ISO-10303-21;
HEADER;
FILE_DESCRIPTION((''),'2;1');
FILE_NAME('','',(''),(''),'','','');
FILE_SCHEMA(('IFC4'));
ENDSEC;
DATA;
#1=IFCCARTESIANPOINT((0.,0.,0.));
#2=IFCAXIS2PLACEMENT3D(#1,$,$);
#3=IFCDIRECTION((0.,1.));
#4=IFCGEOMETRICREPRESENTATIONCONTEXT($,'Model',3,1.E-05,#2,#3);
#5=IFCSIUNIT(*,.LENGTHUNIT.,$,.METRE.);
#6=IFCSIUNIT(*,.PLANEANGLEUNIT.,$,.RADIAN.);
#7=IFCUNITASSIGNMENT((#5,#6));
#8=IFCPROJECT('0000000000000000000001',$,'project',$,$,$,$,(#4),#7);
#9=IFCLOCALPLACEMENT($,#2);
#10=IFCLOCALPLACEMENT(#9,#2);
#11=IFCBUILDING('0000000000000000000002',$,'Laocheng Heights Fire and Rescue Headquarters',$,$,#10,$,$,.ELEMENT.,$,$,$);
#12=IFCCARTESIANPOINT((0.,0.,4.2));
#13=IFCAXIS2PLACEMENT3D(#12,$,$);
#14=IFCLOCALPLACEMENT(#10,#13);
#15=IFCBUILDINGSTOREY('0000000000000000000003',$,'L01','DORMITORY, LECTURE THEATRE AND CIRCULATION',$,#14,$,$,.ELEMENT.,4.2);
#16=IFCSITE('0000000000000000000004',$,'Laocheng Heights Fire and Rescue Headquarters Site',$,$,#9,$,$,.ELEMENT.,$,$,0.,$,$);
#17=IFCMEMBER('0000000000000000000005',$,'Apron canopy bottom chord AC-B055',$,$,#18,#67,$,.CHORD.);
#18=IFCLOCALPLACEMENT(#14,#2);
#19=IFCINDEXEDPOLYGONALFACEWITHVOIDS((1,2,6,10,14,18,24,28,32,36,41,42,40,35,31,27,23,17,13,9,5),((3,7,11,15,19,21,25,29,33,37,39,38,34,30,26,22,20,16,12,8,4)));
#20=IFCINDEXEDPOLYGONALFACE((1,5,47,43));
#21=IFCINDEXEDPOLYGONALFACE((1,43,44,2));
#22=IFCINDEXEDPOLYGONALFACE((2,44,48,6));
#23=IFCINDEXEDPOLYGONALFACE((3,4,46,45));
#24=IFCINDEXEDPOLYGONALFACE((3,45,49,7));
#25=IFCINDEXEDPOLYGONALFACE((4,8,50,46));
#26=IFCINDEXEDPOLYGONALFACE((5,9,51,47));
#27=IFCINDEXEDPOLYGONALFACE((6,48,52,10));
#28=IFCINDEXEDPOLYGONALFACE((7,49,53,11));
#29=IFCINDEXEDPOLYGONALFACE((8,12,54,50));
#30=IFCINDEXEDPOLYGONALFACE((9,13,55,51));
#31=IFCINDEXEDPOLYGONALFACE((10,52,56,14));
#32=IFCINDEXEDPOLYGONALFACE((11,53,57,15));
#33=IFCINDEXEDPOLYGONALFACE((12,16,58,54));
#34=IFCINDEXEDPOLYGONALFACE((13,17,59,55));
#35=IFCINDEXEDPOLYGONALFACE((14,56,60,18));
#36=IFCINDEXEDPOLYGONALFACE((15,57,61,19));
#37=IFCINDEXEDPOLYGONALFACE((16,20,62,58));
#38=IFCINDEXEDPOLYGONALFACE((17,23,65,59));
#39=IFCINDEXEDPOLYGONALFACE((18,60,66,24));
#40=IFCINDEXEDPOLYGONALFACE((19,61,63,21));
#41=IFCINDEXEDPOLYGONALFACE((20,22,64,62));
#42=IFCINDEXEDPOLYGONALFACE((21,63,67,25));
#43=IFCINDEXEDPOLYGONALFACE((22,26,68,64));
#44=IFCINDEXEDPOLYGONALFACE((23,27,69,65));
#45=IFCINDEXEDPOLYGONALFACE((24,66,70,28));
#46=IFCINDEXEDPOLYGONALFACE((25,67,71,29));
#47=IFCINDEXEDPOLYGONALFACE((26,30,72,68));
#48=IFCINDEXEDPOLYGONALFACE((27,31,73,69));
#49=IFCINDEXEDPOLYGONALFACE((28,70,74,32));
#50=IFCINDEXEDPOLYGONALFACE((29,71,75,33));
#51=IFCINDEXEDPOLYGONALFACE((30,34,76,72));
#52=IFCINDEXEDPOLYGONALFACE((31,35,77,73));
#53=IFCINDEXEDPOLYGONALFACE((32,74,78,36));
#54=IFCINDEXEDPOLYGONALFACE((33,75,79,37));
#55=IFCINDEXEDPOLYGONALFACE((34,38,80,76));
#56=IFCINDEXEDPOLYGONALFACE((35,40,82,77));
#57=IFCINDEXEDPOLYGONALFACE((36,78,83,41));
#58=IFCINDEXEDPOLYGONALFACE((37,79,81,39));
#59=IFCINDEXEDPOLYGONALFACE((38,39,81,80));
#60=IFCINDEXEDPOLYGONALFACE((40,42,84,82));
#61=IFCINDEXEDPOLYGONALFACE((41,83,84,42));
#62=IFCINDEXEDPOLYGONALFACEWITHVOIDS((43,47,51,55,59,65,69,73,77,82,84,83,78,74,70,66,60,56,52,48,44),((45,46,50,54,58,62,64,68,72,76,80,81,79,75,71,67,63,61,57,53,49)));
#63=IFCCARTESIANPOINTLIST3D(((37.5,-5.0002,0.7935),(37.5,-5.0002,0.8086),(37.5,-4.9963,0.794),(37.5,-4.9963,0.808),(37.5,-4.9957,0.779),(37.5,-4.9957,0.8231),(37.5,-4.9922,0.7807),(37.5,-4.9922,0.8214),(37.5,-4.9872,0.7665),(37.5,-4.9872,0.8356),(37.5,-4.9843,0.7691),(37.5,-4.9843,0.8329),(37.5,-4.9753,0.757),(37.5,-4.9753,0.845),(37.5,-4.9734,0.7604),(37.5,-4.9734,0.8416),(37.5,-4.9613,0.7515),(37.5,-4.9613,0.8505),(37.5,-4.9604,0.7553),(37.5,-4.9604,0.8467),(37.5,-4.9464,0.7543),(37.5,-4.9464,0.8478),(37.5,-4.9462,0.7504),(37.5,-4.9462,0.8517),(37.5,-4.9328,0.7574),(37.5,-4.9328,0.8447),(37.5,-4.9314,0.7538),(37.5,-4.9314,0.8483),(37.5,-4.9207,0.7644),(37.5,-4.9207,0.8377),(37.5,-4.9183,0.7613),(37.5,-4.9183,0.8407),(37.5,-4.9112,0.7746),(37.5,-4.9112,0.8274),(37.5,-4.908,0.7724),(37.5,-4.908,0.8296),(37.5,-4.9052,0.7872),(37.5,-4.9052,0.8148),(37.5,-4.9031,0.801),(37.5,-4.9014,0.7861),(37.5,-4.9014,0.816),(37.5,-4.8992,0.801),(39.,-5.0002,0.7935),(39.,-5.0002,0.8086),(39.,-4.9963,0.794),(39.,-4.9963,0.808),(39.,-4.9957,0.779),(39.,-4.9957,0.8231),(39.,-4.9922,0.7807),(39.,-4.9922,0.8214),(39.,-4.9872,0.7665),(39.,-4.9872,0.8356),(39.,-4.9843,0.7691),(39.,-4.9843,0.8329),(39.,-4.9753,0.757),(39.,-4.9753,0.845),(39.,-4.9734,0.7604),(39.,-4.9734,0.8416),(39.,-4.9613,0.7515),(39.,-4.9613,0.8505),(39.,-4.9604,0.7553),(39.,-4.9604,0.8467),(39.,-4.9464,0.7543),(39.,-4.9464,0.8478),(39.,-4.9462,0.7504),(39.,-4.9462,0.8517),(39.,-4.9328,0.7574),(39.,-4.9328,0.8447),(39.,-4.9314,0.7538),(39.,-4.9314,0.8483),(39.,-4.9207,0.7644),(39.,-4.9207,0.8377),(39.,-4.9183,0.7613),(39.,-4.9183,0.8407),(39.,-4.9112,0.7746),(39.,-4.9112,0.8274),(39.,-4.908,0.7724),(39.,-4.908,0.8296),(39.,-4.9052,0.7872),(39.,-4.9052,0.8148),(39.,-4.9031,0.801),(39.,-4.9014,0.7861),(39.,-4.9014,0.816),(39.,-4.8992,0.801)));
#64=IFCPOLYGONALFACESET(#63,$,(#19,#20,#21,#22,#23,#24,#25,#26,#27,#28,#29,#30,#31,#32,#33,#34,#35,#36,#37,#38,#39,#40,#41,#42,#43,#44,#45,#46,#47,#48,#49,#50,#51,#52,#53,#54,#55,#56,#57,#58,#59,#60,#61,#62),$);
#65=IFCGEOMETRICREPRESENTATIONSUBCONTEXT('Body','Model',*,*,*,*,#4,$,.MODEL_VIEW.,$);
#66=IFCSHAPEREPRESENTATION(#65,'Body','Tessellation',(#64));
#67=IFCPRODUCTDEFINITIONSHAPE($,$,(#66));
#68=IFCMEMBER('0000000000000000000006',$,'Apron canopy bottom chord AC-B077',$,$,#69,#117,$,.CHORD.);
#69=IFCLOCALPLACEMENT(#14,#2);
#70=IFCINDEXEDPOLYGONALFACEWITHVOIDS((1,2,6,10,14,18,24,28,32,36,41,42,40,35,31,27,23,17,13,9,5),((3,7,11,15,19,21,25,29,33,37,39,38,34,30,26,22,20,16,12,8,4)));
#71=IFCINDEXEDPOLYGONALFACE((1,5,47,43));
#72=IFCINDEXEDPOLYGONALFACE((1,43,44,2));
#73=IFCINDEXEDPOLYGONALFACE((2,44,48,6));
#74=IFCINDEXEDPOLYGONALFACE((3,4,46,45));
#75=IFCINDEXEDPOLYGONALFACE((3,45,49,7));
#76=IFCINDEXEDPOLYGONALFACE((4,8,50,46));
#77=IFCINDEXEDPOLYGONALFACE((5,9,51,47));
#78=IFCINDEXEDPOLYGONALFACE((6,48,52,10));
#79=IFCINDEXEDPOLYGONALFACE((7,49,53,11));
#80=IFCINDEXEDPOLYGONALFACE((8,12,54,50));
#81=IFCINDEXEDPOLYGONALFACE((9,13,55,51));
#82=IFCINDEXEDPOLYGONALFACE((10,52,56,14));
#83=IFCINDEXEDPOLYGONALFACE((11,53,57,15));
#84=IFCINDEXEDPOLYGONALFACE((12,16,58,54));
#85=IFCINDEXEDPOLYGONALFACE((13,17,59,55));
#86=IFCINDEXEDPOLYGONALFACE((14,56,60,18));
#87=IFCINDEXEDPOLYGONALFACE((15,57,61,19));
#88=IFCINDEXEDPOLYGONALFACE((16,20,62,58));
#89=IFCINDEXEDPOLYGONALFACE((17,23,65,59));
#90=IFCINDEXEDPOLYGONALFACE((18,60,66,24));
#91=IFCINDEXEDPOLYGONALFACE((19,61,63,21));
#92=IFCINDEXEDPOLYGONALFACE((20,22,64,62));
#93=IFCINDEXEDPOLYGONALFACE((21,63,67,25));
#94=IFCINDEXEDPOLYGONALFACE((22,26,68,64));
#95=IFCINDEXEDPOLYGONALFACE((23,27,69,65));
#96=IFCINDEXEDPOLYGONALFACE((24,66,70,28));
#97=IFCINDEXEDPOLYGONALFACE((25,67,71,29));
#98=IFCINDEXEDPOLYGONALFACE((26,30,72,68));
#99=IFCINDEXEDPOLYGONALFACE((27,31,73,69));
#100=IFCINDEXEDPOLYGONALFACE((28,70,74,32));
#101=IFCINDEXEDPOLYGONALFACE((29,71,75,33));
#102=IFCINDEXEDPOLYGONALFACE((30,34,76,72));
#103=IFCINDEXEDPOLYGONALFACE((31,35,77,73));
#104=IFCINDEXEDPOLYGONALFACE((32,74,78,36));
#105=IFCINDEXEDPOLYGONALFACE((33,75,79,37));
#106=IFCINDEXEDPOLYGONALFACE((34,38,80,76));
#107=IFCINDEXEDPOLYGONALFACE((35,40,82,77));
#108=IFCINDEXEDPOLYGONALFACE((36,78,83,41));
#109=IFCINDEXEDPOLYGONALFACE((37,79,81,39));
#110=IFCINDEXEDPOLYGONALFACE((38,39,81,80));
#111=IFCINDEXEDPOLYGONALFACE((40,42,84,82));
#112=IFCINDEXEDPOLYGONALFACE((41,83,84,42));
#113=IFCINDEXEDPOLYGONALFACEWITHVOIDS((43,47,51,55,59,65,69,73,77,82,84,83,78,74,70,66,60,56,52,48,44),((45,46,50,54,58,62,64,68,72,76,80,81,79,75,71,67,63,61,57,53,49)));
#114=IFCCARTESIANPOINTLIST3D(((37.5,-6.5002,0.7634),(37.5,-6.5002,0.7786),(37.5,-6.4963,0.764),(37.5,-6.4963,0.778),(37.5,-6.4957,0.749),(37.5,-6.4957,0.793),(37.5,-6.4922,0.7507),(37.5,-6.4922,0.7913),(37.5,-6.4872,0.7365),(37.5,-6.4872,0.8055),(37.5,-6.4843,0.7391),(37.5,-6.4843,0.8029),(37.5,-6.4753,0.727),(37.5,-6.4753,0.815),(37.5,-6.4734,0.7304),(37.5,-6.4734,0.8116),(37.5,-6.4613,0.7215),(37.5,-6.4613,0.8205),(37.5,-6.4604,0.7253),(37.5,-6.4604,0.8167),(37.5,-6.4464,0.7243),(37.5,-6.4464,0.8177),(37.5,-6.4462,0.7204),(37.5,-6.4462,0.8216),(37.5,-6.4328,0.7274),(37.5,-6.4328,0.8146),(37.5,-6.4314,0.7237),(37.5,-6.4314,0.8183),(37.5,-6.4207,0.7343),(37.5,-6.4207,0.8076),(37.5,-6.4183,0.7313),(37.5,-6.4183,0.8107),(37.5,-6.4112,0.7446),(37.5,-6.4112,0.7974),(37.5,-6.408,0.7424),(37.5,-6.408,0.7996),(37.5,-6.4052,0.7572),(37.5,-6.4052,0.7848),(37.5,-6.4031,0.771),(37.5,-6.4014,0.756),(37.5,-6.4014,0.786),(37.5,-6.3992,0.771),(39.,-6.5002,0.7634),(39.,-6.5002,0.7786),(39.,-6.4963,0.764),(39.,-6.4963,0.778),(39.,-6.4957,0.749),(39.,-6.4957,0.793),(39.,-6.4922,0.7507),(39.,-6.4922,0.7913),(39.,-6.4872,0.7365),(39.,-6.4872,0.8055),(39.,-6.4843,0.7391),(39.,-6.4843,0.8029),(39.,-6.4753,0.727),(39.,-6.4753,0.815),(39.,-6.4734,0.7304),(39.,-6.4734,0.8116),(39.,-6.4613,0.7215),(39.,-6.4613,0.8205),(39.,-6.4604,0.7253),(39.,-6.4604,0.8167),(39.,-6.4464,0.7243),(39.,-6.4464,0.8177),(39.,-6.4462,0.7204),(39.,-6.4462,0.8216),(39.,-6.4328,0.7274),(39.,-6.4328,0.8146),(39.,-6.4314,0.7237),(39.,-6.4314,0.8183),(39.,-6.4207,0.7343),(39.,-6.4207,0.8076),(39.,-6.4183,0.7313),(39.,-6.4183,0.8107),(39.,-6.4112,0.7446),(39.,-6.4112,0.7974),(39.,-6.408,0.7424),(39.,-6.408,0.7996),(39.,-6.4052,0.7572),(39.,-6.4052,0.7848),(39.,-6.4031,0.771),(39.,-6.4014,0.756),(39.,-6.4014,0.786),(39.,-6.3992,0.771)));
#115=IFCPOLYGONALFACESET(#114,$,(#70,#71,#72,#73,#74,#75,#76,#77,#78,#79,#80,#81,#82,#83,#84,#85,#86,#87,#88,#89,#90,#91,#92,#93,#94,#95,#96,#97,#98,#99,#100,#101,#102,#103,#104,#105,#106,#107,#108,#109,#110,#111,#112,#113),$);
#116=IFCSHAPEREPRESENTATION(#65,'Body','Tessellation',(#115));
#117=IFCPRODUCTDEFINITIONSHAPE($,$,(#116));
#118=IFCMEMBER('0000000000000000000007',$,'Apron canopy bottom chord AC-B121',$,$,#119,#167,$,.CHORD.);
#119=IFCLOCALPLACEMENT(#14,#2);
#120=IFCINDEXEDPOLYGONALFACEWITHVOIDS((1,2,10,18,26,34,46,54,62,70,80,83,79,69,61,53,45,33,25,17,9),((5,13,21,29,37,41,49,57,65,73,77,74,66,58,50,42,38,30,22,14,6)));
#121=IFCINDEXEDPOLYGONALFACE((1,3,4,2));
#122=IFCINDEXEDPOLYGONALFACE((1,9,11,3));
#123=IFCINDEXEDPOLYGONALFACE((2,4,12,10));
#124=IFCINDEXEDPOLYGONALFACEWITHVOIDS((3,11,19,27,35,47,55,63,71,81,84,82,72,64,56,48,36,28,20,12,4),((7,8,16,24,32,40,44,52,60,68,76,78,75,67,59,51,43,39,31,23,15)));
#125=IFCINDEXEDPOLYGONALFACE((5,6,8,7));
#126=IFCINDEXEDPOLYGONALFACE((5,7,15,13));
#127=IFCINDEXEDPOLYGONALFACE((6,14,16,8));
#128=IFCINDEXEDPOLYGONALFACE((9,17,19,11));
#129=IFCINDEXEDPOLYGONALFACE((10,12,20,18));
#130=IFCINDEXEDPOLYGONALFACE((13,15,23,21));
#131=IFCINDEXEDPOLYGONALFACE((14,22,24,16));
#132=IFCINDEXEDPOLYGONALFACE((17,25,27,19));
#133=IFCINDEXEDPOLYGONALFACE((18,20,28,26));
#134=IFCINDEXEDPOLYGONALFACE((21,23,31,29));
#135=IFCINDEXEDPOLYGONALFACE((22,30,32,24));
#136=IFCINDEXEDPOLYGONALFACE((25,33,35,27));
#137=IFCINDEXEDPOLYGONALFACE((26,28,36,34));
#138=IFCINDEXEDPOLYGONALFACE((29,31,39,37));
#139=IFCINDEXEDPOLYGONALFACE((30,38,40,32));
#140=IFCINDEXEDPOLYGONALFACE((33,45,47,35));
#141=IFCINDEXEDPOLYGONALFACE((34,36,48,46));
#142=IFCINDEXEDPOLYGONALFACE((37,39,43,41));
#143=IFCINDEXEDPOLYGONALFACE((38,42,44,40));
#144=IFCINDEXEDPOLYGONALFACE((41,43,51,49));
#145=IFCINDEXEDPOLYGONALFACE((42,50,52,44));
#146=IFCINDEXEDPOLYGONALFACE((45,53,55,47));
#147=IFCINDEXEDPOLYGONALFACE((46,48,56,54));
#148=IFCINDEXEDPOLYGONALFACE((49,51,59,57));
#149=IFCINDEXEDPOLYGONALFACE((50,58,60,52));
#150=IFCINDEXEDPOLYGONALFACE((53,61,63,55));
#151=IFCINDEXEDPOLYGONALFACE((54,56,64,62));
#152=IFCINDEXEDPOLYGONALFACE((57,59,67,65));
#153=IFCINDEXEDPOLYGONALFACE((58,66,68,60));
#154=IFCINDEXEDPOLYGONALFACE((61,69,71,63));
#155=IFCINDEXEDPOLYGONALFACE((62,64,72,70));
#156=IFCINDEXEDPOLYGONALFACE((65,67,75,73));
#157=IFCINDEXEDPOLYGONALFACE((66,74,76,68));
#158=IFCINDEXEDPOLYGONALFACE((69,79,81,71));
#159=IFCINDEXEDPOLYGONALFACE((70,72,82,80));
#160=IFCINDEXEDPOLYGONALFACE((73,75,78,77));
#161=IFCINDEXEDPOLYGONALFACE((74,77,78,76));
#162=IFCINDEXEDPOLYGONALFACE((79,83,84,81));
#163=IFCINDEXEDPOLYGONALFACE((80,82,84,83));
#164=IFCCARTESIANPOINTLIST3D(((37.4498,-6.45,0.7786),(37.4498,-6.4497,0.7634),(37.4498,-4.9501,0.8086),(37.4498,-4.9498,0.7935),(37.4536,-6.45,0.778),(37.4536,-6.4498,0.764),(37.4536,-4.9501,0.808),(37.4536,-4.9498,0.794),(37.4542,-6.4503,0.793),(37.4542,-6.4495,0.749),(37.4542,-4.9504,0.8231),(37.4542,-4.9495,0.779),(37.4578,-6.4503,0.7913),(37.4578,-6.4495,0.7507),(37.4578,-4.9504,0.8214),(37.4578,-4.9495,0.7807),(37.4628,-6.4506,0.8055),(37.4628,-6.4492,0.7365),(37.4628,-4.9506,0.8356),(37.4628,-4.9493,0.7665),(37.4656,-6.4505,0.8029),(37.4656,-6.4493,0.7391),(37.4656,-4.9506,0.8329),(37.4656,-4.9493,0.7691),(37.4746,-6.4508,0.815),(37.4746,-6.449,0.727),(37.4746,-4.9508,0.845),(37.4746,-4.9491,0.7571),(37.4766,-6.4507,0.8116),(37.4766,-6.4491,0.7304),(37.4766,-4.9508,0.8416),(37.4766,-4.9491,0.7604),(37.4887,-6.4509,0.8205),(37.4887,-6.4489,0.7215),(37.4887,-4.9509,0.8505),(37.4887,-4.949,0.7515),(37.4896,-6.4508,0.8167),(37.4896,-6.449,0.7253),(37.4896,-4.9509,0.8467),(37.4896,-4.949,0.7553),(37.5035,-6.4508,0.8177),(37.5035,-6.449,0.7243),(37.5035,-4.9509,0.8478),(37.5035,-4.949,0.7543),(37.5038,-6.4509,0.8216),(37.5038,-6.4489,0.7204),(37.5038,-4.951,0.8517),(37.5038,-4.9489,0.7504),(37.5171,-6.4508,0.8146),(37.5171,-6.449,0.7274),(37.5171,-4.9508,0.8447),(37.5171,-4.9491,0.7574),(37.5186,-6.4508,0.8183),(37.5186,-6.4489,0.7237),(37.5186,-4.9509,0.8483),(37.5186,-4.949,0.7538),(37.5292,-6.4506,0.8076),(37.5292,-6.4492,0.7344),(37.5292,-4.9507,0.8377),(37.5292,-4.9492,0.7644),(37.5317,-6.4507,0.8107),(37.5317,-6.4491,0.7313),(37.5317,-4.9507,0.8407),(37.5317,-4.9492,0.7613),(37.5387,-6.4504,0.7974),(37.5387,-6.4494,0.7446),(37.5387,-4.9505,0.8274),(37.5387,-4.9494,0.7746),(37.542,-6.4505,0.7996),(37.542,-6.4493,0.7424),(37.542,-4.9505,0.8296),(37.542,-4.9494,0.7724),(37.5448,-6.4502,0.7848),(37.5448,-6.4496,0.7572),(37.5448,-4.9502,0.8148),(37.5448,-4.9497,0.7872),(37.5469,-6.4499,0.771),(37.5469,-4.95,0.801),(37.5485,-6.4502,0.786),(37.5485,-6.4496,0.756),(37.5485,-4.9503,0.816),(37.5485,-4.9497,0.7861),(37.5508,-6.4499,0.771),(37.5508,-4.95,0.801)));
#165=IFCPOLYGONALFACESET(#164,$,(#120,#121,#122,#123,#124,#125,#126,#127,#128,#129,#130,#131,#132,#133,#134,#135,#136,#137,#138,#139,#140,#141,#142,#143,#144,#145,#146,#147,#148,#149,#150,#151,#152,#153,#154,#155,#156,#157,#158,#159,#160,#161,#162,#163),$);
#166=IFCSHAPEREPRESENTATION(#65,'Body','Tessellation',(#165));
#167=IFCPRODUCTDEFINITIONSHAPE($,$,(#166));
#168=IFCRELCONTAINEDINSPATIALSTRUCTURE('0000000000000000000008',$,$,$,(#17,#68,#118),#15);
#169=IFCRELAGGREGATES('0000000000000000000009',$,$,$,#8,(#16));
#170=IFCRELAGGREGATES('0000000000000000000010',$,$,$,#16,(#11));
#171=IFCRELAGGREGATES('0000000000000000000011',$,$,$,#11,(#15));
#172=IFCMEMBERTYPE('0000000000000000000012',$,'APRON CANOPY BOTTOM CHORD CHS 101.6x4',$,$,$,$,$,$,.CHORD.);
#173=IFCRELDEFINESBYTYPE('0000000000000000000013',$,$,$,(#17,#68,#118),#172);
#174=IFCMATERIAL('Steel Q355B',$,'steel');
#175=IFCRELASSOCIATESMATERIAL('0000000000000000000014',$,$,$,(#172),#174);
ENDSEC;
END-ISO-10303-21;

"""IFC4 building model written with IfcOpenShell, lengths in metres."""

from ifc_helpers import new_model, si_unit, direction, frame, origin, origin_2d, place, context, subcontext, project, spatial, hollow_circle, extrude, material, material_profile, profile_set, type_object, element, save


model = new_model("IFC4")

# Units and contexts
model_context = context("Model", 3, precision=1e-05, world=origin(), true_north=direction((0.0, 1.0)))
body_context = subcontext(model_context, "Body", "Model", "MODEL_VIEW")
ifc_project = project(units=[si_unit("LENGTHUNIT", "METRE"), si_unit("PLANEANGLEUNIT", "RADIAN")], contexts=[model_context])

# Site, building, storey
site_placement = place(None, origin())
site = spatial("IfcSite", under=ifc_project, at=site_placement, Name="Laocheng Heights Fire and Rescue Headquarters Site", CompositionType="ELEMENT", RefElevation=0.0)
building_placement = place(site_placement, origin())
building = spatial("IfcBuilding", under=site, at=building_placement, Name="Laocheng Heights Fire and Rescue Headquarters", CompositionType="ELEMENT")
storey_placement = place(building_placement, frame((0.0, 0.0, 4.2)))
storey = spatial("IfcBuildingStorey", under=building, at=storey_placement, Name="L01", Description="DORMITORY, LECTURE THEATRE AND CIRCULATION", CompositionType="ELEMENT", Elevation=4.2)

# Members
ifc_material_1 = material(Name="Steel Q355B", Category="steel")
ifc_material_profile_1 = material_profile(ifc_material_1, hollow_circle(Radius=0.0508, WallThickness=0.0039, at=origin_2d()), Name="CHS 101.6x4")
ifc_profile_set_1 = profile_set([ifc_material_profile_1], Name="Steel Q355B")
member_type_1 = type_object("IfcMemberType", Name="APRON CANOPY BOTTOM CHORD CHS 101.6x4", PredefinedType="CHORD", material=ifc_profile_set_1)
for number, where, z_axis, x_axis, name in (
    (1, (37.5, -4.95, 0.801), (1.0, 0.0, 0.0), (0.0, 1.0, 0.0), "Apron canopy bottom chord AC-B055"),
    (2, (37.5, -6.45, 0.771), (1.0, 0.0, 0.0), (0.0, 1.0, 0.0), "Apron canopy bottom chord AC-B077"),
):
    element("IfcMember", number, at=place(storey_placement, frame(where, z_axis=z_axis, x_axis=x_axis)), inside=storey, type_object=member_type_1, Name=name, PredefinedType="CHORD", context=body_context, shape_type="SweptSolid", body=[
        extrude(hollow_circle(Radius=0.0508, WallThickness=0.0039, at=origin_2d()), origin(), (0.0, 0.0, 1.0), 1.5),
    ])
member_1_placement = place(storey_placement, frame((37.5, -4.95, 0.801), z_axis=(0.0, -0.9998, -0.020016), x_axis=(1.0, 0.0, 0.0)))
element("IfcMember", 3, at=member_1_placement, inside=storey, type_object=member_type_1, Name="Apron canopy bottom chord AC-B121", PredefinedType="CHORD", context=body_context, shape_type="SweptSolid", body=[
    extrude(hollow_circle(Radius=0.0508, WallThickness=0.0039, at=origin_2d()), origin(), (0.0, 0.0, 1.0), 1.5002),
])

save(model, "model.ifc")
